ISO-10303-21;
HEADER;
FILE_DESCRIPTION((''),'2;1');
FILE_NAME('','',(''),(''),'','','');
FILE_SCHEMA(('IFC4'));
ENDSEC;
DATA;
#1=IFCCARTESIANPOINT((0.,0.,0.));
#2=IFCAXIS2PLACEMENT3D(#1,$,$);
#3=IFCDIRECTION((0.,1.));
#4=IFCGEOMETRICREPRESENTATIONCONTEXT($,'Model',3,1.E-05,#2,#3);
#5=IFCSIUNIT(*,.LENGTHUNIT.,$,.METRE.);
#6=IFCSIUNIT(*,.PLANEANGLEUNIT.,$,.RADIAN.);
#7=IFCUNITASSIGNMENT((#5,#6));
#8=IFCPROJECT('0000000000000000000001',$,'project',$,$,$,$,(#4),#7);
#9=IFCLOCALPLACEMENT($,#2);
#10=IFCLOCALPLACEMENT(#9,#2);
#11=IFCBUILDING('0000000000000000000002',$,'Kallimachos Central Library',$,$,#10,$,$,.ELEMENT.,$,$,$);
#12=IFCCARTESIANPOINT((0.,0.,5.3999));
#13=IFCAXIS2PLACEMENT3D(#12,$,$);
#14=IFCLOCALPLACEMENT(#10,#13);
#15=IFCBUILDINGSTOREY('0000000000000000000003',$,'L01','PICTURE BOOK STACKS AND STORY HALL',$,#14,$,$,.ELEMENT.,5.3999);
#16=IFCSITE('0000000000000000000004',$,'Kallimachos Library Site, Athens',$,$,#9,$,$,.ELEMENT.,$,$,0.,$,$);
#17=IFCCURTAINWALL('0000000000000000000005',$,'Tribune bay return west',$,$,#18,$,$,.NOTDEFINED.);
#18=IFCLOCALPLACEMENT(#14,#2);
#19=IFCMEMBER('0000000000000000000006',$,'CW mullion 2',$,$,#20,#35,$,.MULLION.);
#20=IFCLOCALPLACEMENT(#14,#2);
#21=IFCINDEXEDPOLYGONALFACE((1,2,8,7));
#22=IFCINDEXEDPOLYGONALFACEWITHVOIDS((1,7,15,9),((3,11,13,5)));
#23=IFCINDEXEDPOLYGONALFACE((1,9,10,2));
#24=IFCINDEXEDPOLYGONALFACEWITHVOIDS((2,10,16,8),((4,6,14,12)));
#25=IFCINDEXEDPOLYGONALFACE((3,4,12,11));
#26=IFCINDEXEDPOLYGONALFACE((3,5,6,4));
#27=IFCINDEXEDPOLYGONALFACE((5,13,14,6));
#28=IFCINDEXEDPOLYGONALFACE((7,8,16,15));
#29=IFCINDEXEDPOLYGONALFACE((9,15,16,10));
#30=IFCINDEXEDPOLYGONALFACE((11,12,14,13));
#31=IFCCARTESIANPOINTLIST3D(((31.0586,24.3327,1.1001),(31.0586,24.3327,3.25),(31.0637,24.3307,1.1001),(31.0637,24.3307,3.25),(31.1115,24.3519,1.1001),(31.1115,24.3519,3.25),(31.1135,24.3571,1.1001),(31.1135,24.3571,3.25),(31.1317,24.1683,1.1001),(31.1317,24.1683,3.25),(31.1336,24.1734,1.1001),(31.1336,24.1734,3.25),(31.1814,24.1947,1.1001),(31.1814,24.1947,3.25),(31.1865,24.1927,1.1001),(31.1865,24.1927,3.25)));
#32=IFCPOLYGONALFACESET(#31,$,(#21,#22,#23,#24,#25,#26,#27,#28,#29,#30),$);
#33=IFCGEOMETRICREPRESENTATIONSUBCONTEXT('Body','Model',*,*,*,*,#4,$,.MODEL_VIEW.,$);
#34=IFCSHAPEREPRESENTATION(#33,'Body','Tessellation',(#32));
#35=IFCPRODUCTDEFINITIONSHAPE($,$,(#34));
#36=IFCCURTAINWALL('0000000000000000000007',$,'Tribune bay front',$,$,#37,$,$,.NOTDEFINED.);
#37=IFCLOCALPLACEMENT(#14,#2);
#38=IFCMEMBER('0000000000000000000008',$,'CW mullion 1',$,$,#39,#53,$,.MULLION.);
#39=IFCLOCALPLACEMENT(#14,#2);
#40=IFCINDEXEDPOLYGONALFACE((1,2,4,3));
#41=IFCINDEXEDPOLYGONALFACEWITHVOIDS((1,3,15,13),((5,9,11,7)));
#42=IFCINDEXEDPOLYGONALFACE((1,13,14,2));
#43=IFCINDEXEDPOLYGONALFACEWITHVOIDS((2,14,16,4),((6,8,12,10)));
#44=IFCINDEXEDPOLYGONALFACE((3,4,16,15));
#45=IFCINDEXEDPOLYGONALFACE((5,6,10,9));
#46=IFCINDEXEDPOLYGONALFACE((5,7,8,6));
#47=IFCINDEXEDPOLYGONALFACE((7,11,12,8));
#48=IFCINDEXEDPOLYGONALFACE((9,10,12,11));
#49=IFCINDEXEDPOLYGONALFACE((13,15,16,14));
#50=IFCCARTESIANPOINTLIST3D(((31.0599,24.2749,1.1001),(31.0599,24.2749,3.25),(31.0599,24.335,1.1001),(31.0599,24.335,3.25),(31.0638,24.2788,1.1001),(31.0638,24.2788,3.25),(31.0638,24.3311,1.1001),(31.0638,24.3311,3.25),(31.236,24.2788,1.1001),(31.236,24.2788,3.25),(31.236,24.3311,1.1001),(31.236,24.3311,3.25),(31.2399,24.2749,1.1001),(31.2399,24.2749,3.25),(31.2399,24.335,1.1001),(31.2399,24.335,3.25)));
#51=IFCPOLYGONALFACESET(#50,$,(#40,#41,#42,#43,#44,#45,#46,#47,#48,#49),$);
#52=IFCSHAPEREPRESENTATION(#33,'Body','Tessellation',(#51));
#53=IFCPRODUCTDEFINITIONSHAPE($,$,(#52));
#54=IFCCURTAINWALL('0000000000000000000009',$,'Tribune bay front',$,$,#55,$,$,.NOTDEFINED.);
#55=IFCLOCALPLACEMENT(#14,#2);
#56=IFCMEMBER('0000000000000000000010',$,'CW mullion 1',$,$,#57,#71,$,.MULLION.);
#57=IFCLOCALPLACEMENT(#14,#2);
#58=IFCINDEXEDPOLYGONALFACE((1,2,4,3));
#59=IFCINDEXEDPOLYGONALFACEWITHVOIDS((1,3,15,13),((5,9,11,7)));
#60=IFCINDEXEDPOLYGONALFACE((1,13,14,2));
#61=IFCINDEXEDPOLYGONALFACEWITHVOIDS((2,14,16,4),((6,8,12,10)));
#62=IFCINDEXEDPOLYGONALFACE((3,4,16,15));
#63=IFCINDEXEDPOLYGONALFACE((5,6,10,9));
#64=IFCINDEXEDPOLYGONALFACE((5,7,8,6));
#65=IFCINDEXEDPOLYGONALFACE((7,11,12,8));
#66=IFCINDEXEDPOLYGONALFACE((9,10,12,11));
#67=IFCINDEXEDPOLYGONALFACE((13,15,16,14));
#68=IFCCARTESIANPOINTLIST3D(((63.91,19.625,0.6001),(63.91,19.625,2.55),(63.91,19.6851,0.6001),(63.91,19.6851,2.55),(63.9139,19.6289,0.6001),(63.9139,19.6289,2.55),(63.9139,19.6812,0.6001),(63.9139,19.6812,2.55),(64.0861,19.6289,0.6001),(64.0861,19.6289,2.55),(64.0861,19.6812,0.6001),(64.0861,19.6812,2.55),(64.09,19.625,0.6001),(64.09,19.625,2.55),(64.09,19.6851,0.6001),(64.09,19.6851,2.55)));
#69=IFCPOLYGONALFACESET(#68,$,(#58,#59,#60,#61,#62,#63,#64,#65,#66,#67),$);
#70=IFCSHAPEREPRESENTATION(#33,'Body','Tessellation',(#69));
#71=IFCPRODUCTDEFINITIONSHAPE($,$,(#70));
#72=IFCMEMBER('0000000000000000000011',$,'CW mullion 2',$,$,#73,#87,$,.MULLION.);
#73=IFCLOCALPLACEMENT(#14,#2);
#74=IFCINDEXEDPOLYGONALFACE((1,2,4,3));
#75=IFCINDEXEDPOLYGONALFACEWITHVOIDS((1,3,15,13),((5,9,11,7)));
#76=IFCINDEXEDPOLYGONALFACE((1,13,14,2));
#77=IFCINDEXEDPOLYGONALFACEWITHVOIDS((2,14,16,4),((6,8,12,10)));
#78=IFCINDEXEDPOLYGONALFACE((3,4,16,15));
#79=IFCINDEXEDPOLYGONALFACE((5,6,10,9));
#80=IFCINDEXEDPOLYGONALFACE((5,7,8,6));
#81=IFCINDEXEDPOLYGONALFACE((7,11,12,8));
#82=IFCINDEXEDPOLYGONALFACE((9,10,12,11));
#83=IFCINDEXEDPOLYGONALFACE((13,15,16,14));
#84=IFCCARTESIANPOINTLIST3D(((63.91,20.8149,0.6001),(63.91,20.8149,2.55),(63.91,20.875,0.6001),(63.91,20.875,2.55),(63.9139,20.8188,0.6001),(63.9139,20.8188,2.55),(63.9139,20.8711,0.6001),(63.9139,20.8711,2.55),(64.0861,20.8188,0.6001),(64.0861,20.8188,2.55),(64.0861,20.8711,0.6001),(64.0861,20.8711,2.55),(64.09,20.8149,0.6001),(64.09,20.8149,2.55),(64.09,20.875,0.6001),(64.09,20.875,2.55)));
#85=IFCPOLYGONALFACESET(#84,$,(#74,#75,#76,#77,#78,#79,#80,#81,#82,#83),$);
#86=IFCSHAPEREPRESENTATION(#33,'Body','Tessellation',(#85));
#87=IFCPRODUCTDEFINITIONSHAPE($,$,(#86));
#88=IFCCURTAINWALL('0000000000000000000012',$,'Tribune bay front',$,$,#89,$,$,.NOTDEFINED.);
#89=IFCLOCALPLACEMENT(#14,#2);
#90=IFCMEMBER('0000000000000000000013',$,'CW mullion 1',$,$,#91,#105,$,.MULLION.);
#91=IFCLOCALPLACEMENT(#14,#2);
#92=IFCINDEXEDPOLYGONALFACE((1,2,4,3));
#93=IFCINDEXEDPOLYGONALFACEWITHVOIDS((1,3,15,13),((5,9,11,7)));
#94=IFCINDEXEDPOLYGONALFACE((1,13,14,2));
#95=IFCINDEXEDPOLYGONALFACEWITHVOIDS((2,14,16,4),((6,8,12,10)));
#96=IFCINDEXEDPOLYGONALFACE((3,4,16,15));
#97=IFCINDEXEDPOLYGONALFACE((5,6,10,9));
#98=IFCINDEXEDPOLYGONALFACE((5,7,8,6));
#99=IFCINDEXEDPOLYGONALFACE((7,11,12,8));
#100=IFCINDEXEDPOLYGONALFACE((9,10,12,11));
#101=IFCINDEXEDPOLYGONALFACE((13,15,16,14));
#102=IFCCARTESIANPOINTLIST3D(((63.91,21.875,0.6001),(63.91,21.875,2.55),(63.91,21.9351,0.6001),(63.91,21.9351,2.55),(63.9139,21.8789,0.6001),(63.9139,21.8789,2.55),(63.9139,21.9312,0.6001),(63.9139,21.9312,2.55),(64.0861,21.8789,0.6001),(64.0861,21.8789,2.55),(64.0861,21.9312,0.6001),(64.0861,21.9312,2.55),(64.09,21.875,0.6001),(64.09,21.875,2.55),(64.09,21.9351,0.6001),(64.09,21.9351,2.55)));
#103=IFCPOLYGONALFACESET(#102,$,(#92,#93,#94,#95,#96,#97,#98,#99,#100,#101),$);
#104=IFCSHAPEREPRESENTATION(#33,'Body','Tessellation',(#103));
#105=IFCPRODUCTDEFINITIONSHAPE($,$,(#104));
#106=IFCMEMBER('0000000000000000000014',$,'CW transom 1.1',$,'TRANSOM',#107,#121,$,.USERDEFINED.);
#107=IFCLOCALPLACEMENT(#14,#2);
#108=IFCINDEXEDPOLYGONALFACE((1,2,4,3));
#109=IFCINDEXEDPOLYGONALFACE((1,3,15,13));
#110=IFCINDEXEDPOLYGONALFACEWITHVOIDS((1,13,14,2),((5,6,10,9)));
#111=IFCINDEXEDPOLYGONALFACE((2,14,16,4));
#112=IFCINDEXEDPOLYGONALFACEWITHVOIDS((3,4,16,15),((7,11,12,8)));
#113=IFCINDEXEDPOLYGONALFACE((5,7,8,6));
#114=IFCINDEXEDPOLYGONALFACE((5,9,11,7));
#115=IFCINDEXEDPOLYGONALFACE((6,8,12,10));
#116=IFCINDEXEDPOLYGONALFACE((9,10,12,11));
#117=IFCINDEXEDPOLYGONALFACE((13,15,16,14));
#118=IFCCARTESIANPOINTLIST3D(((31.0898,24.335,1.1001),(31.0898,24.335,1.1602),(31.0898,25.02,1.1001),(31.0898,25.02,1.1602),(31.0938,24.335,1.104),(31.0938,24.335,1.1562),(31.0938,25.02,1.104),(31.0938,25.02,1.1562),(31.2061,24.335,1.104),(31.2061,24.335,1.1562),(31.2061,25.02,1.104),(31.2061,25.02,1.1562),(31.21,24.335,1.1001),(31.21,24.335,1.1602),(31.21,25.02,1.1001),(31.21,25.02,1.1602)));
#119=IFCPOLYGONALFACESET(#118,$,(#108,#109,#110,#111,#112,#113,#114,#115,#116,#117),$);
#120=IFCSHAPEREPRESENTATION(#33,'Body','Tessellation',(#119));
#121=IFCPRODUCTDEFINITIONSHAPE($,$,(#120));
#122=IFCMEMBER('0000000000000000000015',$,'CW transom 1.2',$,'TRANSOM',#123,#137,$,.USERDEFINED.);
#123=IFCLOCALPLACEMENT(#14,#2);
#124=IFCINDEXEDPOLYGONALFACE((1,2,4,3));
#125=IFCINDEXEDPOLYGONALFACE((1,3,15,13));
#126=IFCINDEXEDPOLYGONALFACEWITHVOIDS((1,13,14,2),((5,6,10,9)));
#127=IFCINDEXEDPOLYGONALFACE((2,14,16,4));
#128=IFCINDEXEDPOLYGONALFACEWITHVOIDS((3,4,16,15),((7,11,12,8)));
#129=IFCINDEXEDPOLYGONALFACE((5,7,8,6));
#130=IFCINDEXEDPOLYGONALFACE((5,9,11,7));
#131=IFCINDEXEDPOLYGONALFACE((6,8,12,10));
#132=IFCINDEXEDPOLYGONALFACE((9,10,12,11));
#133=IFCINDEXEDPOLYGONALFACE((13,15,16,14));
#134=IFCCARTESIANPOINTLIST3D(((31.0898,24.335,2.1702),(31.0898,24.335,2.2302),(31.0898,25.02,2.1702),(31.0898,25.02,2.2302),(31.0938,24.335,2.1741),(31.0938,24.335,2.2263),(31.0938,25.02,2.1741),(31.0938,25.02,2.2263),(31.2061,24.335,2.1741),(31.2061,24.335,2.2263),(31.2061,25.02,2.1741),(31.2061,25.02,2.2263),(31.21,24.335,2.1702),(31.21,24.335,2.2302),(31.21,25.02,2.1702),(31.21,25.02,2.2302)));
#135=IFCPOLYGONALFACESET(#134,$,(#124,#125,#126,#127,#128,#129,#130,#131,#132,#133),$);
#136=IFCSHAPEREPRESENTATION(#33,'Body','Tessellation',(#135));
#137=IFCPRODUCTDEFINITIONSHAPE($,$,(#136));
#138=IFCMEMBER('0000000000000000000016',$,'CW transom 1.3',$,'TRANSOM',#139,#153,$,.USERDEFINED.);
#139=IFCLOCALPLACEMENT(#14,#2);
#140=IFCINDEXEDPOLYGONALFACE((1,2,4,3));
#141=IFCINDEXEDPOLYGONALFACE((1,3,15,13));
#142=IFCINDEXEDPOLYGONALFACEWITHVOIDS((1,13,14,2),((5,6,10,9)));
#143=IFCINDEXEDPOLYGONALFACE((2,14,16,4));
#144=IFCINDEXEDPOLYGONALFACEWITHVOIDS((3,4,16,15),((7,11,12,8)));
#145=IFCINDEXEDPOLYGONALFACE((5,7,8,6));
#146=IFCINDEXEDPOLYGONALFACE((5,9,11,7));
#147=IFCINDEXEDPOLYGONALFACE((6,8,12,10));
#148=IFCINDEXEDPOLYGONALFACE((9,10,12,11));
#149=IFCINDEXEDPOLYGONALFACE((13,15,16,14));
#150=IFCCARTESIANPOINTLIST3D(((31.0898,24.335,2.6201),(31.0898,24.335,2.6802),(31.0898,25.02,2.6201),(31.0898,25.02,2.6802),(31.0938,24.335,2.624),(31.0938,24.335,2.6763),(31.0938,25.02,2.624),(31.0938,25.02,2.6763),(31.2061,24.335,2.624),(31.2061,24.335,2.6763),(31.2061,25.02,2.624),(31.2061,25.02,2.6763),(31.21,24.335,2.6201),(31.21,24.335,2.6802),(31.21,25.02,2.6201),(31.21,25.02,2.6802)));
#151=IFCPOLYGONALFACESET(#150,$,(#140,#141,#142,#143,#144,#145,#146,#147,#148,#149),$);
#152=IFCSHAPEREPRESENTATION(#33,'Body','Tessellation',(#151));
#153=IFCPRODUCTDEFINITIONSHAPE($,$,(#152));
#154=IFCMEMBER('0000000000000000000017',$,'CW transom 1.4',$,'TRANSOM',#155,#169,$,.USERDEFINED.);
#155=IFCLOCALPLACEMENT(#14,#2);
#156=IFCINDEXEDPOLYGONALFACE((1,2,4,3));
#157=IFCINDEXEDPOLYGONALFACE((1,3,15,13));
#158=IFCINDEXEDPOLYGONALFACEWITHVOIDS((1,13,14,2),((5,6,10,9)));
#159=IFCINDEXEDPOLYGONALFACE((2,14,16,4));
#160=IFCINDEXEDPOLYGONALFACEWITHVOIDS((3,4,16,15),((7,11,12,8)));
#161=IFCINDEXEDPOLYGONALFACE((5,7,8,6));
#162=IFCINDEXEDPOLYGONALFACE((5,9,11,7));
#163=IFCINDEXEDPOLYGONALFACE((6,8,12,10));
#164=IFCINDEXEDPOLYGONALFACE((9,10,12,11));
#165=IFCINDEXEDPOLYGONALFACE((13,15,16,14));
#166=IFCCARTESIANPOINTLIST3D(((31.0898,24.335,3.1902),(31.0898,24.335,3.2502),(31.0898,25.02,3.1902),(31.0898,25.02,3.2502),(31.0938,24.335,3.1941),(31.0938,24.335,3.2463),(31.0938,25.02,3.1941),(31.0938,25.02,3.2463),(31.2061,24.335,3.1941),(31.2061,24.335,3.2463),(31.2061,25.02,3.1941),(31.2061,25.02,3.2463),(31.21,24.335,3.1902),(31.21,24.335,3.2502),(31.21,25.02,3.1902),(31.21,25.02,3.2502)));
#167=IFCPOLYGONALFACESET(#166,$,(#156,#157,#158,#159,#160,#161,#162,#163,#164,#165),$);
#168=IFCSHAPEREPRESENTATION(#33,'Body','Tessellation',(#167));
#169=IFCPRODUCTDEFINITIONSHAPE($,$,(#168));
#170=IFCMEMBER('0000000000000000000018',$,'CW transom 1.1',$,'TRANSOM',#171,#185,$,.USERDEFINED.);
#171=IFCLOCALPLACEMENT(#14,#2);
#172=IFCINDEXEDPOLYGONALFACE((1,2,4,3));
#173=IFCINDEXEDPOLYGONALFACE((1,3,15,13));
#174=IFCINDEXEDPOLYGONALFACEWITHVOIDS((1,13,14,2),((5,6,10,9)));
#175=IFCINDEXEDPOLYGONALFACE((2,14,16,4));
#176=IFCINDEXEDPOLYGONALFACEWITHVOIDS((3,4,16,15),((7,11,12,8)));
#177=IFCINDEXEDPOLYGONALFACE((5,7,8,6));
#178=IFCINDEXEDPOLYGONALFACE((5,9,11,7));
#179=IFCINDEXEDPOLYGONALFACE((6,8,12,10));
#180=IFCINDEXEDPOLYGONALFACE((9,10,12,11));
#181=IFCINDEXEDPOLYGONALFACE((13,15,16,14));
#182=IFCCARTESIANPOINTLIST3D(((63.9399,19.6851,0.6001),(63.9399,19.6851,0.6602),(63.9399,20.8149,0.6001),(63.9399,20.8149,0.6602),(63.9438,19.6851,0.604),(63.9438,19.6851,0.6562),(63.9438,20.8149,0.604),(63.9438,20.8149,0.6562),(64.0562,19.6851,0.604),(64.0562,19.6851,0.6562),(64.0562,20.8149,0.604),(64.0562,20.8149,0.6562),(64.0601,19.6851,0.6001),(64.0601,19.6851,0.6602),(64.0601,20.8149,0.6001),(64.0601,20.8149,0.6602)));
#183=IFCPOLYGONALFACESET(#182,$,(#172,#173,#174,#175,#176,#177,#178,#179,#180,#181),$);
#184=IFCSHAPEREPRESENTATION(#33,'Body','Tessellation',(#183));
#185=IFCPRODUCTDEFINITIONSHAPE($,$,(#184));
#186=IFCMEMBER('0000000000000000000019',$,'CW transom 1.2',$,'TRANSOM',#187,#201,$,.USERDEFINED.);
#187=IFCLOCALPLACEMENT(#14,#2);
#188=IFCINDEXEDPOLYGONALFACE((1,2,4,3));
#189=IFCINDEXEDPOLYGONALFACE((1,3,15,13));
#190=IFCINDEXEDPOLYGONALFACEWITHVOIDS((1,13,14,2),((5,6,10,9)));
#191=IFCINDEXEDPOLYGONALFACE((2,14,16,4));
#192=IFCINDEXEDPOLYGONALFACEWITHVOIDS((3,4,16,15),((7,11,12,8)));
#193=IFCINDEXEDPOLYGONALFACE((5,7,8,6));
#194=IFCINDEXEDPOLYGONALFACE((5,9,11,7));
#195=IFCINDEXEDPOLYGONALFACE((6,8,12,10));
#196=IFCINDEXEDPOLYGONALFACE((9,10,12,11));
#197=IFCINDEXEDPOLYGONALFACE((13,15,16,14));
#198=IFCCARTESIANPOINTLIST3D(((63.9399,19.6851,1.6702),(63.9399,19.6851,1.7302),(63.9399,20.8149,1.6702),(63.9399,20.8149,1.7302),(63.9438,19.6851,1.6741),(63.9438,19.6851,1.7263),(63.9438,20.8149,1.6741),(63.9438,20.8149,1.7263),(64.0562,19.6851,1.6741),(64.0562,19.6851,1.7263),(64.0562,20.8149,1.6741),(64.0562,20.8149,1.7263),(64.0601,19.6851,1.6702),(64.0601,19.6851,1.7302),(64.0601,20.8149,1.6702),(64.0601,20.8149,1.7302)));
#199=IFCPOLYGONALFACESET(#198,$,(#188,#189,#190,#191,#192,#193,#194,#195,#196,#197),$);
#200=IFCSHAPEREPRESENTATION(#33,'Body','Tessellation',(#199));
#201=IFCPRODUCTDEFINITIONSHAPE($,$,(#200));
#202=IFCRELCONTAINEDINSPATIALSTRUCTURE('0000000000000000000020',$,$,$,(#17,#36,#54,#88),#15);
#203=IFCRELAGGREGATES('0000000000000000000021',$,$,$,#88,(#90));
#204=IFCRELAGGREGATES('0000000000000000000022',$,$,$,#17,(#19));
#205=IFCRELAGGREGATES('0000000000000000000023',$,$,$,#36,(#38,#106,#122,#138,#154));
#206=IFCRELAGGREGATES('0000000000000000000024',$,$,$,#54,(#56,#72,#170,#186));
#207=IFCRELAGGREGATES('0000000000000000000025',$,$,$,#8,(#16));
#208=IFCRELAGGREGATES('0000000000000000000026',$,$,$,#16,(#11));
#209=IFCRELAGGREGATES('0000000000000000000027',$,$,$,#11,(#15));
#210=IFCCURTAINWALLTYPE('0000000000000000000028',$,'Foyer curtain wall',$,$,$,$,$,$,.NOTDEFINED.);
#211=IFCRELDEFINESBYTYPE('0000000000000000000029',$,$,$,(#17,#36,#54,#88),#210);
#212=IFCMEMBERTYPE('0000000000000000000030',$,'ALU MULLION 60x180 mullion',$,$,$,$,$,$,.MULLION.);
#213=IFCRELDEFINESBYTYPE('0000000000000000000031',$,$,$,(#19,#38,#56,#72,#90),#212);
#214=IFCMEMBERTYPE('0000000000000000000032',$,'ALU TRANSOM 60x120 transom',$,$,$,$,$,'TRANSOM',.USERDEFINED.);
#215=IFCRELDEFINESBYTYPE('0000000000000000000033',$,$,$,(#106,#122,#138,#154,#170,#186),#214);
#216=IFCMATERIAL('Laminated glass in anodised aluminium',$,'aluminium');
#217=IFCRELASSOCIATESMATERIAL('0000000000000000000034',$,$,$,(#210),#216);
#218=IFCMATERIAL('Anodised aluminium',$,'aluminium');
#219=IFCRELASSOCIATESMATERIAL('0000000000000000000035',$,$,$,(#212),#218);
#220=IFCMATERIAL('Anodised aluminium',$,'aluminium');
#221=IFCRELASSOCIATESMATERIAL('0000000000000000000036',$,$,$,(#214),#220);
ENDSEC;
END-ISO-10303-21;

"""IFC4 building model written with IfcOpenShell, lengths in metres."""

from ifc_helpers import new_model, si_unit, direction, frame, origin, origin_2d, place, context, subcontext, project, spatial, hollow_rectangle, extrude, material, material_profile, profile_set, type_object, element, aggregate, save


model = new_model("IFC4")

# Units and contexts
model_context = context("Model", 3, precision=1e-05, world=origin(), true_north=direction((0.0, 1.0)))
body_context = subcontext(model_context, "Body", "Model", "MODEL_VIEW")
ifc_project = project(units=[si_unit("LENGTHUNIT", "METRE"), si_unit("PLANEANGLEUNIT", "RADIAN")], contexts=[model_context])

# Site, building, storey
site_placement = place(None, origin())
site = spatial("IfcSite", under=ifc_project, at=site_placement, Name="Kallimachos Library Site, Athens", CompositionType="ELEMENT", RefElevation=0.0)
building_placement = place(site_placement, origin())
building = spatial("IfcBuilding", under=site, at=building_placement, Name="Kallimachos Central Library", CompositionType="ELEMENT")
storey_placement = place(building_placement, frame((0.0, 0.0, 5.3999)))
storey = spatial("IfcBuildingStorey", under=building, at=storey_placement, Name="L01", Description="PICTURE BOOK STACKS AND STORY HALL", CompositionType="ELEMENT", Elevation=5.3999)

# Curtain walls, members
ifc_material_1 = material(Name="Laminated glass in anodised aluminium", Category="aluminium")
curtain_wall_type = type_object("IfcCurtainWallType", Name="Foyer curtain wall", PredefinedType="NOTDEFINED", material=ifc_material_1)
curtain_wall_1_placement = place(storey_placement, origin())
curtain_wall_1 = element("IfcCurtainWall", 1, at=curtain_wall_1_placement, inside=storey, type_object=curtain_wall_type, Name="Tribune bay return west", PredefinedType="NOTDEFINED")
ifc_material_2 = material(Name="Anodised aluminium", Category="aluminium")
ifc_material_profile_1 = material_profile(ifc_material_2, hollow_rectangle(XDim=0.0601, YDim=0.1799, WallThickness=0.0039, at=origin_2d()), Name="ALU MULLION 60x180")
ifc_profile_set_1 = profile_set([ifc_material_profile_1], Name="Anodised aluminium")
member_type_1 = type_object("IfcMemberType", Name="ALU MULLION 60x180 mullion", PredefinedType="MULLION", material=ifc_profile_set_1)
member_1_placement = place(storey_placement, frame((31.1226, 24.2627, 1.1001), z_axis=(0.0, 0.0, 1.0), x_axis=(0.913812, 0.406138, 0.0)))
member_1 = element("IfcMember", 2, at=member_1_placement, type_object=member_type_1, Name="CW mullion 2", PredefinedType="MULLION", context=body_context, shape_type="SweptSolid", body=[
    extrude(hollow_rectangle(XDim=0.0601, YDim=0.1799, WallThickness=0.0039, at=origin_2d()), origin(), (0.0, 0.0, 1.0), 2.1499),
])
curtain_wall_2_placement = place(storey_placement, origin())
curtain_wall_2 = element("IfcCurtainWall", 3, at=curtain_wall_2_placement, inside=storey, type_object=curtain_wall_type, Name="Tribune bay front", PredefinedType="NOTDEFINED")
member_2_placement = place(storey_placement, frame((31.1499, 24.3049, 1.1001), z_axis=(0.0, 0.0, 1.0), x_axis=(0.0, 1.0, 0.0)))
member_2 = element("IfcMember", 4, at=member_2_placement, type_object=member_type_1, Name="CW mullion 1", PredefinedType="MULLION", context=body_context, shape_type="SweptSolid", body=[
    extrude(hollow_rectangle(XDim=0.0601, YDim=0.1799, WallThickness=0.0039, at=origin_2d()), origin(), (0.0, 0.0, 1.0), 2.1499),
])

# Curtain wall, members
curtain_wall_3_placement = place(storey_placement, origin())
curtain_wall_3 = element("IfcCurtainWall", 5, at=curtain_wall_3_placement, inside=storey, type_object=curtain_wall_type, Name="Tribune bay front", PredefinedType="NOTDEFINED")
member_3_placement = place(storey_placement, frame((64.0, 19.655, 0.6001), z_axis=(0.0, 0.0, 1.0), x_axis=(0.0, 1.0, 0.0)))
member_3 = element("IfcMember", 6, at=member_3_placement, type_object=member_type_1, Name="CW mullion 1", PredefinedType="MULLION", context=body_context, shape_type="SweptSolid", body=[
    extrude(hollow_rectangle(XDim=0.0601, YDim=0.1799, WallThickness=0.0039, at=origin_2d()), origin(), (0.0, 0.0, 1.0), 1.95),
])
member_4_placement = place(storey_placement, frame((64.0, 20.845, 0.6001), z_axis=(0.0, 0.0, 1.0), x_axis=(0.0, 1.0, 0.0)))
member_4 = element("IfcMember", 7, at=member_4_placement, type_object=member_type_1, Name="CW mullion 2", PredefinedType="MULLION", context=body_context, shape_type="SweptSolid", body=[
    extrude(hollow_rectangle(XDim=0.0601, YDim=0.1799, WallThickness=0.0039, at=origin_2d()), origin(), (0.0, 0.0, 1.0), 1.95),
])

# Curtain wall, member
curtain_wall_4_placement = place(storey_placement, origin())
curtain_wall_4 = element("IfcCurtainWall", 8, at=curtain_wall_4_placement, inside=storey, type_object=curtain_wall_type, Name="Tribune bay front", PredefinedType="NOTDEFINED")
member_5_placement = place(storey_placement, frame((64.0, 21.905, 0.6001), z_axis=(0.0, 0.0, 1.0), x_axis=(0.0, 1.0, 0.0)))
member_5 = element("IfcMember", 9, at=member_5_placement, type_object=member_type_1, Name="CW mullion 1", PredefinedType="MULLION", context=body_context, shape_type="SweptSolid", body=[
    extrude(hollow_rectangle(XDim=0.0601, YDim=0.1799, WallThickness=0.0039, at=origin_2d()), origin(), (0.0, 0.0, 1.0), 1.95),
])

# Members
ifc_material_3 = material(Name="Anodised aluminium", Category="aluminium")
ifc_material_profile_2 = material_profile(ifc_material_3, hollow_rectangle(XDim=0.0601, YDim=0.1201, WallThickness=0.0039, at=origin_2d()), Name="ALU TRANSOM 60x120")
ifc_profile_set_2 = profile_set([ifc_material_profile_2], Name="Anodised aluminium")
member_type_2 = type_object("IfcMemberType", Name="ALU TRANSOM 60x120 transom", ElementType="TRANSOM", PredefinedType="USERDEFINED", material=ifc_profile_set_2)
member_6_placement = place(storey_placement, frame((31.1499, 24.335, 1.1301), z_axis=(0.0, 1.0, 0.0), x_axis=(0.0, 0.0, 1.0)))
member_6 = element("IfcMember", 10, at=member_6_placement, type_object=member_type_2, Name="CW transom 1.1", ObjectType="TRANSOM", PredefinedType="USERDEFINED", context=body_context, shape_type="SweptSolid", body=[
    extrude(hollow_rectangle(XDim=0.0601, YDim=0.1201, WallThickness=0.0039, at=origin_2d()), origin(), (0.0, 0.0, 1.0), 0.6851),
])
member_7_placement = place(storey_placement, frame((31.1499, 24.335, 2.2002), z_axis=(0.0, 1.0, 0.0), x_axis=(0.0, 0.0, 1.0)))
member_7 = element("IfcMember", 11, at=member_7_placement, type_object=member_type_2, Name="CW transom 1.2", ObjectType="TRANSOM", PredefinedType="USERDEFINED", context=body_context, shape_type="SweptSolid", body=[
    extrude(hollow_rectangle(XDim=0.0601, YDim=0.1201, WallThickness=0.0039, at=origin_2d()), origin(), (0.0, 0.0, 1.0), 0.6851),
])
member_8_placement = place(storey_placement, frame((31.1499, 24.335, 2.6501), z_axis=(0.0, 1.0, 0.0), x_axis=(0.0, 0.0, 1.0)))
member_8 = element("IfcMember", 12, at=member_8_placement, type_object=member_type_2, Name="CW transom 1.3", ObjectType="TRANSOM", PredefinedType="USERDEFINED", context=body_context, shape_type="SweptSolid", body=[
    extrude(hollow_rectangle(XDim=0.0601, YDim=0.1201, WallThickness=0.0039, at=origin_2d()), origin(), (0.0, 0.0, 1.0), 0.6851),
])
member_9_placement = place(storey_placement, frame((31.1499, 24.335, 3.2202), z_axis=(0.0, 1.0, 0.0), x_axis=(0.0, 0.0, 1.0)))
member_9 = element("IfcMember", 13, at=member_9_placement, type_object=member_type_2, Name="CW transom 1.4", ObjectType="TRANSOM", PredefinedType="USERDEFINED", context=body_context, shape_type="SweptSolid", body=[
    extrude(hollow_rectangle(XDim=0.0601, YDim=0.1201, WallThickness=0.0039, at=origin_2d()), origin(), (0.0, 0.0, 1.0), 0.6851),
])
member_10_placement = place(storey_placement, frame((64.0, 19.6851, 0.6301), z_axis=(0.0, 1.0, 0.0), x_axis=(0.0, 0.0, 1.0)))
member_10 = element("IfcMember", 14, at=member_10_placement, type_object=member_type_2, Name="CW transom 1.1", ObjectType="TRANSOM", PredefinedType="USERDEFINED", context=body_context, shape_type="SweptSolid", body=[
    extrude(hollow_rectangle(XDim=0.0601, YDim=0.1201, WallThickness=0.0039, at=origin_2d()), origin(), (0.0, 0.0, 1.0), 1.1299),
])
member_11_placement = place(storey_placement, frame((64.0, 19.6851, 1.7002), z_axis=(0.0, 1.0, 0.0), x_axis=(0.0, 0.0, 1.0)))
member_11 = element("IfcMember", 15, at=member_11_placement, type_object=member_type_2, Name="CW transom 1.2", ObjectType="TRANSOM", PredefinedType="USERDEFINED", context=body_context, shape_type="SweptSolid", body=[
    extrude(hollow_rectangle(XDim=0.0601, YDim=0.1201, WallThickness=0.0039, at=origin_2d()), origin(), (0.0, 0.0, 1.0), 1.1299),
])
aggregate(curtain_wall_4, [member_5])

aggregate(curtain_wall_1, [member_1])
aggregate(curtain_wall_2, [member_2, member_6, member_7, member_8, member_9])
aggregate(curtain_wall_3, [member_3, member_4, member_10, member_11])

save(model, "model.ifc")
